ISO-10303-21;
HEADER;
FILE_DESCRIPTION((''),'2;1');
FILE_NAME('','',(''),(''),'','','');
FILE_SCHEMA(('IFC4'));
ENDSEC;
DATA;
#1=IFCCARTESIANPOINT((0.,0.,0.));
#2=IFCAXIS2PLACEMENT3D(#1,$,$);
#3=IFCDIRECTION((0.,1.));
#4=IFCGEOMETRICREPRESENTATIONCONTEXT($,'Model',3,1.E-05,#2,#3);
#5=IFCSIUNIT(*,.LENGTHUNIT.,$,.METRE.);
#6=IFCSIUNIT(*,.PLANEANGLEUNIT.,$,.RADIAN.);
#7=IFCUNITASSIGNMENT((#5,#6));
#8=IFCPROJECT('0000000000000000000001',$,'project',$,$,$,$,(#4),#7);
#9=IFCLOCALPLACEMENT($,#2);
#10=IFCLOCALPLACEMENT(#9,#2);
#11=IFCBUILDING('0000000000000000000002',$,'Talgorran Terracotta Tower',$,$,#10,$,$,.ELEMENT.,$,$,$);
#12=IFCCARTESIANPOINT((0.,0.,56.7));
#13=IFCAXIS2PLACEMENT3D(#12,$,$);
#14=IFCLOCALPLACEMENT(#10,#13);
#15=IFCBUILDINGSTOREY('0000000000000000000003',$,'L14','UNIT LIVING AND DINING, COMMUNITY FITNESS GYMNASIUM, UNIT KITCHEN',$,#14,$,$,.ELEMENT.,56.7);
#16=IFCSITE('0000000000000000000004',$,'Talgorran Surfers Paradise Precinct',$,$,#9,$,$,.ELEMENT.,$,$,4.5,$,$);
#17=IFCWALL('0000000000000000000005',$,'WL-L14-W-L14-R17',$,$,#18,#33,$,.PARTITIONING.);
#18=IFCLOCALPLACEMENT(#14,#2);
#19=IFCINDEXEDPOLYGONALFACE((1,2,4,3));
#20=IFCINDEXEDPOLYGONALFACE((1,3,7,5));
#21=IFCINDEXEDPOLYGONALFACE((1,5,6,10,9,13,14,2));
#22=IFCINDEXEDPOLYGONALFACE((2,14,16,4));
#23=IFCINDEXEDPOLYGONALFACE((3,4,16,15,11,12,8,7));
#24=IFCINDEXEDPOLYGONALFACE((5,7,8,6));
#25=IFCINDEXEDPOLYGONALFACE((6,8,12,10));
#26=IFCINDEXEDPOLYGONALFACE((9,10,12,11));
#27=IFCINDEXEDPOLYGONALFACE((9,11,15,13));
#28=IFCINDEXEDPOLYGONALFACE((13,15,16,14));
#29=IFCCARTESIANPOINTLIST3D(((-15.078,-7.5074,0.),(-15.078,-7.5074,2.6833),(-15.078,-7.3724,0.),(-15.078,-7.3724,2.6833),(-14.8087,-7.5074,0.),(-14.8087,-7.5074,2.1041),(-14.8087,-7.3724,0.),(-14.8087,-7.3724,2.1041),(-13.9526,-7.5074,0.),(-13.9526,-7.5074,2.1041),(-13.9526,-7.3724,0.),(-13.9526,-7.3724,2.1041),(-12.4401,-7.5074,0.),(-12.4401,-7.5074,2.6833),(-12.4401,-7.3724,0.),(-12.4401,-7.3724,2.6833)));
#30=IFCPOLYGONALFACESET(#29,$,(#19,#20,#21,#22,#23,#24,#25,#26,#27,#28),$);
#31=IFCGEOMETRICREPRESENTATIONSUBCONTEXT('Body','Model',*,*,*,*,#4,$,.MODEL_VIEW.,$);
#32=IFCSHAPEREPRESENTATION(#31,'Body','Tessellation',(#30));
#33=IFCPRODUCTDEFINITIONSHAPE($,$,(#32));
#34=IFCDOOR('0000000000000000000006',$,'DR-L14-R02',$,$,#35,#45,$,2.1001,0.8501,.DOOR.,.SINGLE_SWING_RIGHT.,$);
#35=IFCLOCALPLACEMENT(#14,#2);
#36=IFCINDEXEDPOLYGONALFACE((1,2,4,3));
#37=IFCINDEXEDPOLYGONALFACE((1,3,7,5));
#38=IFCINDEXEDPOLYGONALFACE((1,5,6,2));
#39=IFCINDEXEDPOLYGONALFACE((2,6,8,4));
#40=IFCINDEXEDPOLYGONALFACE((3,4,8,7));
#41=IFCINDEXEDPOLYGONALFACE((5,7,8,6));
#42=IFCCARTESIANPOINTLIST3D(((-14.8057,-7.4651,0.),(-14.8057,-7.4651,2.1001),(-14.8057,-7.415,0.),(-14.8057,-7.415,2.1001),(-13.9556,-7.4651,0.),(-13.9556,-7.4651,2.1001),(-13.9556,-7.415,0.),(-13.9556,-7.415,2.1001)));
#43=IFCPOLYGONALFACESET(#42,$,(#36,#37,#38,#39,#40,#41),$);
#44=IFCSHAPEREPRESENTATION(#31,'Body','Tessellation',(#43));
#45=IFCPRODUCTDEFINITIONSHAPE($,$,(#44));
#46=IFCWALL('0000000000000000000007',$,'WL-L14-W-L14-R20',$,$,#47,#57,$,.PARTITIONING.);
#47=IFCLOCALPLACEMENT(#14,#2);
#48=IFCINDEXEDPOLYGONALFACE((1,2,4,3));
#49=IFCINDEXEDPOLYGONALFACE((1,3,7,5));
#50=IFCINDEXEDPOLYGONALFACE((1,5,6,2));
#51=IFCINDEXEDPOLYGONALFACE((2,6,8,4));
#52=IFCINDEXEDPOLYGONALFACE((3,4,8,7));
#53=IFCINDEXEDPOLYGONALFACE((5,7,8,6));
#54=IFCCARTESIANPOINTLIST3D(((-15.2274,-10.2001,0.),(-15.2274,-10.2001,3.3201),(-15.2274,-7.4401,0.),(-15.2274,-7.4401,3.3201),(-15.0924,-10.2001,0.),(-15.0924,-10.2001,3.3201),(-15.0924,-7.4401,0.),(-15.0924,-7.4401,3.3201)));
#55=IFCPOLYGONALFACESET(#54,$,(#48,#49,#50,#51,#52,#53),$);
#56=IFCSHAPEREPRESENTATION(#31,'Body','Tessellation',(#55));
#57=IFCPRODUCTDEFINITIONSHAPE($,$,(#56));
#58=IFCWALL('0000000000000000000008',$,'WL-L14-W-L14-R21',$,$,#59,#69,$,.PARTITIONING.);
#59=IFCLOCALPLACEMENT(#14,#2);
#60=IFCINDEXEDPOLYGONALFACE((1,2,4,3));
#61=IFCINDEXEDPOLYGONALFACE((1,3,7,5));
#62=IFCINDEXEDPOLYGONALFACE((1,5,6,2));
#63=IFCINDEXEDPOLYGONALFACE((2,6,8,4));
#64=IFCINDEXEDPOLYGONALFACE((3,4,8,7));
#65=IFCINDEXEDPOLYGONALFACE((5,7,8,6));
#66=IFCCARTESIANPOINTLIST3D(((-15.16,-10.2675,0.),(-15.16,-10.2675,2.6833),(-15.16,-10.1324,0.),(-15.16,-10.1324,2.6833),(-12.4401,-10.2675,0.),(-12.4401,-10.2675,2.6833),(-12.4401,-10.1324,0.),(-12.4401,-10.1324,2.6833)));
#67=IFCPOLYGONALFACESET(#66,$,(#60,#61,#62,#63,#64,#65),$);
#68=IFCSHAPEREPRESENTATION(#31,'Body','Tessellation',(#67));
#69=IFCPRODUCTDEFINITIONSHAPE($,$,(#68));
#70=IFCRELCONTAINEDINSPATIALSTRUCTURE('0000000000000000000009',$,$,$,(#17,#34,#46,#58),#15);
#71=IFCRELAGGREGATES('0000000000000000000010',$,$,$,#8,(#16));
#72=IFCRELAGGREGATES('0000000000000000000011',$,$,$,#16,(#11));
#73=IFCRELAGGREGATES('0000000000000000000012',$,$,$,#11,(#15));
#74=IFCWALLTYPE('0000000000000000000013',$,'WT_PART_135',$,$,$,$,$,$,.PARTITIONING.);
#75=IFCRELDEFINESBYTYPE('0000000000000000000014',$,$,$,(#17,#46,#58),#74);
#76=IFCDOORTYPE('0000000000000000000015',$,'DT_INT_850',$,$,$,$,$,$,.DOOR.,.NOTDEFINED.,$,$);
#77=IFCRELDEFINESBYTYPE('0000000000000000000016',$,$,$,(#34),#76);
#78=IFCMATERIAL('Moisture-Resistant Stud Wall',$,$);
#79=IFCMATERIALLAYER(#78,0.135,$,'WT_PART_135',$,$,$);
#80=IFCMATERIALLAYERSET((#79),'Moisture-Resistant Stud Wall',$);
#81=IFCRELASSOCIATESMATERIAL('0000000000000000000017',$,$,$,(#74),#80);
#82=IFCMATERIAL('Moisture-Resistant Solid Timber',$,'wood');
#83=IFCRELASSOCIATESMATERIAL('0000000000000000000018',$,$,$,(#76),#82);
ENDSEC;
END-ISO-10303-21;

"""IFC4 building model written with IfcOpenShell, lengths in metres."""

from ifc_helpers import new_model, si_unit, direction, frame, frame_2d, origin, place, context, subcontext, project, spatial, rectangle, extrude, material, layer, layer_set, type_object, element, fill, save


model = new_model("IFC4")

# Units and contexts
model_context = context("Model", 3, precision=1e-05, world=origin(), true_north=direction((0.0, 1.0)))
body_context = subcontext(model_context, "Body", "Model", "MODEL_VIEW")
ifc_project = project(units=[si_unit("LENGTHUNIT", "METRE"), si_unit("PLANEANGLEUNIT", "RADIAN")], contexts=[model_context])

# Site, building, storey
site_placement = place(None, origin())
site = spatial("IfcSite", under=ifc_project, at=site_placement, Name="Talgorran Surfers Paradise Precinct", CompositionType="ELEMENT", RefElevation=4.5)
building_placement = place(site_placement, origin())
building = spatial("IfcBuilding", under=site, at=building_placement, Name="Talgorran Terracotta Tower", CompositionType="ELEMENT")
storey_placement = place(building_placement, frame((0.0, 0.0, 56.7)))
storey = spatial("IfcBuildingStorey", under=building, at=storey_placement, Name="L14", Description="UNIT LIVING AND DINING, COMMUNITY FITNESS GYMNASIUM, UNIT KITCHEN", CompositionType="ELEMENT", Elevation=56.7)

# Wall, opening, door
ifc_material_1 = material(Name="Moisture-Resistant Stud Wall")
ifc_layer_1 = layer(ifc_material_1, 0.135, Name="WT_PART_135")
ifc_layer_set_1 = layer_set([ifc_layer_1], Name="Moisture-Resistant Stud Wall")
wall_type_1 = type_object("IfcWallType", Name="WT_PART_135", PredefinedType="PARTITIONING", material=ifc_layer_set_1)
wall_1_placement = place(storey_placement, frame((-15.0779, -7.4399, 0.0), z_axis=(0.0, 0.0, 1.0), x_axis=(1.0, 0.0, 0.0)))
wall_1 = element("IfcWall", 1, at=wall_1_placement, inside=storey, type_object=wall_type_1, Name="WL-L14-W-L14-R17", PredefinedType="PARTITIONING", context=body_context, shape_type="SweptSolid", body=[
    extrude(rectangle(XDim=2.6379, YDim=0.135, at=frame_2d((1.3188, 0.0))), origin(), (0.0, 0.0, 1.0), 2.6833),
])
opening_1_placement = place(wall_1_placement, frame((0.2722, 0.0, 0.0)))
opening_1 = element("IfcOpeningElement", 2, at=opening_1_placement, cuts=wall_1, PredefinedType="OPENING", context=body_context, shape_type="SweptSolid", body=[
    extrude(rectangle(XDim=0.8561, YDim=2.1041, at=frame_2d((0.425, 1.052))), frame((0.0, 0.0776, 0.0), z_axis=(0.0, -1.0, 0.0), x_axis=(1.0, 0.0, 0.0)), (0.0, 0.0, 1.0), 0.155),
])
ifc_material_2 = material(Name="Moisture-Resistant Solid Timber", Category="wood")
door_type_1 = type_object("IfcDoorType", Name="DT_INT_850", OperationType="NOTDEFINED", PredefinedType="DOOR", material=ifc_material_2)
door_1_placement = place(opening_1_placement, origin())
door_1 = element("IfcDoor", 3, at=door_1_placement, inside=storey, type_object=door_type_1, Name="DR-L14-R02", OperationType="SINGLE_SWING_RIGHT", OverallHeight=2.1001, OverallWidth=0.8501, PredefinedType="DOOR", context=body_context, shape_type="SweptSolid", body=[
    extrude(rectangle(XDim=0.8501, YDim=2.1001, at=frame_2d((0.425, 1.05))), frame((0.0, 0.0249, 0.0), z_axis=(0.0, -1.0, 0.0), x_axis=(1.0, 0.0, 0.0)), (0.0, 0.0, 1.0), 0.05),
])
fill(opening_1, door_1)

# Walls
wall_2_placement = place(storey_placement, frame((-15.1599, -10.2, 0.0), z_axis=(0.0, 0.0, 1.0), x_axis=(0.0, 1.0, 0.0)))
element("IfcWall", 4, at=wall_2_placement, inside=storey, type_object=wall_type_1, Name="WL-L14-W-L14-R20", PredefinedType="PARTITIONING", context=body_context, shape_type="SweptSolid", body=[
    extrude(rectangle(XDim=2.76, YDim=0.135, at=frame_2d((1.3799, 0.0))), origin(), (0.0, 0.0, 1.0), 3.3201),
])
wall_3_placement = place(storey_placement, frame((-15.1599, -10.2, 0.0), z_axis=(0.0, 0.0, 1.0), x_axis=(1.0, 0.0, 0.0)))
element("IfcWall", 5, at=wall_3_placement, inside=storey, type_object=wall_type_1, Name="WL-L14-W-L14-R21", PredefinedType="PARTITIONING", context=body_context, shape_type="SweptSolid", body=[
    extrude(rectangle(XDim=2.72, YDim=0.135, at=frame_2d((1.3599, 0.0))), origin(), (0.0, 0.0, 1.0), 2.6833),
])

save(model, "model.ifc")
